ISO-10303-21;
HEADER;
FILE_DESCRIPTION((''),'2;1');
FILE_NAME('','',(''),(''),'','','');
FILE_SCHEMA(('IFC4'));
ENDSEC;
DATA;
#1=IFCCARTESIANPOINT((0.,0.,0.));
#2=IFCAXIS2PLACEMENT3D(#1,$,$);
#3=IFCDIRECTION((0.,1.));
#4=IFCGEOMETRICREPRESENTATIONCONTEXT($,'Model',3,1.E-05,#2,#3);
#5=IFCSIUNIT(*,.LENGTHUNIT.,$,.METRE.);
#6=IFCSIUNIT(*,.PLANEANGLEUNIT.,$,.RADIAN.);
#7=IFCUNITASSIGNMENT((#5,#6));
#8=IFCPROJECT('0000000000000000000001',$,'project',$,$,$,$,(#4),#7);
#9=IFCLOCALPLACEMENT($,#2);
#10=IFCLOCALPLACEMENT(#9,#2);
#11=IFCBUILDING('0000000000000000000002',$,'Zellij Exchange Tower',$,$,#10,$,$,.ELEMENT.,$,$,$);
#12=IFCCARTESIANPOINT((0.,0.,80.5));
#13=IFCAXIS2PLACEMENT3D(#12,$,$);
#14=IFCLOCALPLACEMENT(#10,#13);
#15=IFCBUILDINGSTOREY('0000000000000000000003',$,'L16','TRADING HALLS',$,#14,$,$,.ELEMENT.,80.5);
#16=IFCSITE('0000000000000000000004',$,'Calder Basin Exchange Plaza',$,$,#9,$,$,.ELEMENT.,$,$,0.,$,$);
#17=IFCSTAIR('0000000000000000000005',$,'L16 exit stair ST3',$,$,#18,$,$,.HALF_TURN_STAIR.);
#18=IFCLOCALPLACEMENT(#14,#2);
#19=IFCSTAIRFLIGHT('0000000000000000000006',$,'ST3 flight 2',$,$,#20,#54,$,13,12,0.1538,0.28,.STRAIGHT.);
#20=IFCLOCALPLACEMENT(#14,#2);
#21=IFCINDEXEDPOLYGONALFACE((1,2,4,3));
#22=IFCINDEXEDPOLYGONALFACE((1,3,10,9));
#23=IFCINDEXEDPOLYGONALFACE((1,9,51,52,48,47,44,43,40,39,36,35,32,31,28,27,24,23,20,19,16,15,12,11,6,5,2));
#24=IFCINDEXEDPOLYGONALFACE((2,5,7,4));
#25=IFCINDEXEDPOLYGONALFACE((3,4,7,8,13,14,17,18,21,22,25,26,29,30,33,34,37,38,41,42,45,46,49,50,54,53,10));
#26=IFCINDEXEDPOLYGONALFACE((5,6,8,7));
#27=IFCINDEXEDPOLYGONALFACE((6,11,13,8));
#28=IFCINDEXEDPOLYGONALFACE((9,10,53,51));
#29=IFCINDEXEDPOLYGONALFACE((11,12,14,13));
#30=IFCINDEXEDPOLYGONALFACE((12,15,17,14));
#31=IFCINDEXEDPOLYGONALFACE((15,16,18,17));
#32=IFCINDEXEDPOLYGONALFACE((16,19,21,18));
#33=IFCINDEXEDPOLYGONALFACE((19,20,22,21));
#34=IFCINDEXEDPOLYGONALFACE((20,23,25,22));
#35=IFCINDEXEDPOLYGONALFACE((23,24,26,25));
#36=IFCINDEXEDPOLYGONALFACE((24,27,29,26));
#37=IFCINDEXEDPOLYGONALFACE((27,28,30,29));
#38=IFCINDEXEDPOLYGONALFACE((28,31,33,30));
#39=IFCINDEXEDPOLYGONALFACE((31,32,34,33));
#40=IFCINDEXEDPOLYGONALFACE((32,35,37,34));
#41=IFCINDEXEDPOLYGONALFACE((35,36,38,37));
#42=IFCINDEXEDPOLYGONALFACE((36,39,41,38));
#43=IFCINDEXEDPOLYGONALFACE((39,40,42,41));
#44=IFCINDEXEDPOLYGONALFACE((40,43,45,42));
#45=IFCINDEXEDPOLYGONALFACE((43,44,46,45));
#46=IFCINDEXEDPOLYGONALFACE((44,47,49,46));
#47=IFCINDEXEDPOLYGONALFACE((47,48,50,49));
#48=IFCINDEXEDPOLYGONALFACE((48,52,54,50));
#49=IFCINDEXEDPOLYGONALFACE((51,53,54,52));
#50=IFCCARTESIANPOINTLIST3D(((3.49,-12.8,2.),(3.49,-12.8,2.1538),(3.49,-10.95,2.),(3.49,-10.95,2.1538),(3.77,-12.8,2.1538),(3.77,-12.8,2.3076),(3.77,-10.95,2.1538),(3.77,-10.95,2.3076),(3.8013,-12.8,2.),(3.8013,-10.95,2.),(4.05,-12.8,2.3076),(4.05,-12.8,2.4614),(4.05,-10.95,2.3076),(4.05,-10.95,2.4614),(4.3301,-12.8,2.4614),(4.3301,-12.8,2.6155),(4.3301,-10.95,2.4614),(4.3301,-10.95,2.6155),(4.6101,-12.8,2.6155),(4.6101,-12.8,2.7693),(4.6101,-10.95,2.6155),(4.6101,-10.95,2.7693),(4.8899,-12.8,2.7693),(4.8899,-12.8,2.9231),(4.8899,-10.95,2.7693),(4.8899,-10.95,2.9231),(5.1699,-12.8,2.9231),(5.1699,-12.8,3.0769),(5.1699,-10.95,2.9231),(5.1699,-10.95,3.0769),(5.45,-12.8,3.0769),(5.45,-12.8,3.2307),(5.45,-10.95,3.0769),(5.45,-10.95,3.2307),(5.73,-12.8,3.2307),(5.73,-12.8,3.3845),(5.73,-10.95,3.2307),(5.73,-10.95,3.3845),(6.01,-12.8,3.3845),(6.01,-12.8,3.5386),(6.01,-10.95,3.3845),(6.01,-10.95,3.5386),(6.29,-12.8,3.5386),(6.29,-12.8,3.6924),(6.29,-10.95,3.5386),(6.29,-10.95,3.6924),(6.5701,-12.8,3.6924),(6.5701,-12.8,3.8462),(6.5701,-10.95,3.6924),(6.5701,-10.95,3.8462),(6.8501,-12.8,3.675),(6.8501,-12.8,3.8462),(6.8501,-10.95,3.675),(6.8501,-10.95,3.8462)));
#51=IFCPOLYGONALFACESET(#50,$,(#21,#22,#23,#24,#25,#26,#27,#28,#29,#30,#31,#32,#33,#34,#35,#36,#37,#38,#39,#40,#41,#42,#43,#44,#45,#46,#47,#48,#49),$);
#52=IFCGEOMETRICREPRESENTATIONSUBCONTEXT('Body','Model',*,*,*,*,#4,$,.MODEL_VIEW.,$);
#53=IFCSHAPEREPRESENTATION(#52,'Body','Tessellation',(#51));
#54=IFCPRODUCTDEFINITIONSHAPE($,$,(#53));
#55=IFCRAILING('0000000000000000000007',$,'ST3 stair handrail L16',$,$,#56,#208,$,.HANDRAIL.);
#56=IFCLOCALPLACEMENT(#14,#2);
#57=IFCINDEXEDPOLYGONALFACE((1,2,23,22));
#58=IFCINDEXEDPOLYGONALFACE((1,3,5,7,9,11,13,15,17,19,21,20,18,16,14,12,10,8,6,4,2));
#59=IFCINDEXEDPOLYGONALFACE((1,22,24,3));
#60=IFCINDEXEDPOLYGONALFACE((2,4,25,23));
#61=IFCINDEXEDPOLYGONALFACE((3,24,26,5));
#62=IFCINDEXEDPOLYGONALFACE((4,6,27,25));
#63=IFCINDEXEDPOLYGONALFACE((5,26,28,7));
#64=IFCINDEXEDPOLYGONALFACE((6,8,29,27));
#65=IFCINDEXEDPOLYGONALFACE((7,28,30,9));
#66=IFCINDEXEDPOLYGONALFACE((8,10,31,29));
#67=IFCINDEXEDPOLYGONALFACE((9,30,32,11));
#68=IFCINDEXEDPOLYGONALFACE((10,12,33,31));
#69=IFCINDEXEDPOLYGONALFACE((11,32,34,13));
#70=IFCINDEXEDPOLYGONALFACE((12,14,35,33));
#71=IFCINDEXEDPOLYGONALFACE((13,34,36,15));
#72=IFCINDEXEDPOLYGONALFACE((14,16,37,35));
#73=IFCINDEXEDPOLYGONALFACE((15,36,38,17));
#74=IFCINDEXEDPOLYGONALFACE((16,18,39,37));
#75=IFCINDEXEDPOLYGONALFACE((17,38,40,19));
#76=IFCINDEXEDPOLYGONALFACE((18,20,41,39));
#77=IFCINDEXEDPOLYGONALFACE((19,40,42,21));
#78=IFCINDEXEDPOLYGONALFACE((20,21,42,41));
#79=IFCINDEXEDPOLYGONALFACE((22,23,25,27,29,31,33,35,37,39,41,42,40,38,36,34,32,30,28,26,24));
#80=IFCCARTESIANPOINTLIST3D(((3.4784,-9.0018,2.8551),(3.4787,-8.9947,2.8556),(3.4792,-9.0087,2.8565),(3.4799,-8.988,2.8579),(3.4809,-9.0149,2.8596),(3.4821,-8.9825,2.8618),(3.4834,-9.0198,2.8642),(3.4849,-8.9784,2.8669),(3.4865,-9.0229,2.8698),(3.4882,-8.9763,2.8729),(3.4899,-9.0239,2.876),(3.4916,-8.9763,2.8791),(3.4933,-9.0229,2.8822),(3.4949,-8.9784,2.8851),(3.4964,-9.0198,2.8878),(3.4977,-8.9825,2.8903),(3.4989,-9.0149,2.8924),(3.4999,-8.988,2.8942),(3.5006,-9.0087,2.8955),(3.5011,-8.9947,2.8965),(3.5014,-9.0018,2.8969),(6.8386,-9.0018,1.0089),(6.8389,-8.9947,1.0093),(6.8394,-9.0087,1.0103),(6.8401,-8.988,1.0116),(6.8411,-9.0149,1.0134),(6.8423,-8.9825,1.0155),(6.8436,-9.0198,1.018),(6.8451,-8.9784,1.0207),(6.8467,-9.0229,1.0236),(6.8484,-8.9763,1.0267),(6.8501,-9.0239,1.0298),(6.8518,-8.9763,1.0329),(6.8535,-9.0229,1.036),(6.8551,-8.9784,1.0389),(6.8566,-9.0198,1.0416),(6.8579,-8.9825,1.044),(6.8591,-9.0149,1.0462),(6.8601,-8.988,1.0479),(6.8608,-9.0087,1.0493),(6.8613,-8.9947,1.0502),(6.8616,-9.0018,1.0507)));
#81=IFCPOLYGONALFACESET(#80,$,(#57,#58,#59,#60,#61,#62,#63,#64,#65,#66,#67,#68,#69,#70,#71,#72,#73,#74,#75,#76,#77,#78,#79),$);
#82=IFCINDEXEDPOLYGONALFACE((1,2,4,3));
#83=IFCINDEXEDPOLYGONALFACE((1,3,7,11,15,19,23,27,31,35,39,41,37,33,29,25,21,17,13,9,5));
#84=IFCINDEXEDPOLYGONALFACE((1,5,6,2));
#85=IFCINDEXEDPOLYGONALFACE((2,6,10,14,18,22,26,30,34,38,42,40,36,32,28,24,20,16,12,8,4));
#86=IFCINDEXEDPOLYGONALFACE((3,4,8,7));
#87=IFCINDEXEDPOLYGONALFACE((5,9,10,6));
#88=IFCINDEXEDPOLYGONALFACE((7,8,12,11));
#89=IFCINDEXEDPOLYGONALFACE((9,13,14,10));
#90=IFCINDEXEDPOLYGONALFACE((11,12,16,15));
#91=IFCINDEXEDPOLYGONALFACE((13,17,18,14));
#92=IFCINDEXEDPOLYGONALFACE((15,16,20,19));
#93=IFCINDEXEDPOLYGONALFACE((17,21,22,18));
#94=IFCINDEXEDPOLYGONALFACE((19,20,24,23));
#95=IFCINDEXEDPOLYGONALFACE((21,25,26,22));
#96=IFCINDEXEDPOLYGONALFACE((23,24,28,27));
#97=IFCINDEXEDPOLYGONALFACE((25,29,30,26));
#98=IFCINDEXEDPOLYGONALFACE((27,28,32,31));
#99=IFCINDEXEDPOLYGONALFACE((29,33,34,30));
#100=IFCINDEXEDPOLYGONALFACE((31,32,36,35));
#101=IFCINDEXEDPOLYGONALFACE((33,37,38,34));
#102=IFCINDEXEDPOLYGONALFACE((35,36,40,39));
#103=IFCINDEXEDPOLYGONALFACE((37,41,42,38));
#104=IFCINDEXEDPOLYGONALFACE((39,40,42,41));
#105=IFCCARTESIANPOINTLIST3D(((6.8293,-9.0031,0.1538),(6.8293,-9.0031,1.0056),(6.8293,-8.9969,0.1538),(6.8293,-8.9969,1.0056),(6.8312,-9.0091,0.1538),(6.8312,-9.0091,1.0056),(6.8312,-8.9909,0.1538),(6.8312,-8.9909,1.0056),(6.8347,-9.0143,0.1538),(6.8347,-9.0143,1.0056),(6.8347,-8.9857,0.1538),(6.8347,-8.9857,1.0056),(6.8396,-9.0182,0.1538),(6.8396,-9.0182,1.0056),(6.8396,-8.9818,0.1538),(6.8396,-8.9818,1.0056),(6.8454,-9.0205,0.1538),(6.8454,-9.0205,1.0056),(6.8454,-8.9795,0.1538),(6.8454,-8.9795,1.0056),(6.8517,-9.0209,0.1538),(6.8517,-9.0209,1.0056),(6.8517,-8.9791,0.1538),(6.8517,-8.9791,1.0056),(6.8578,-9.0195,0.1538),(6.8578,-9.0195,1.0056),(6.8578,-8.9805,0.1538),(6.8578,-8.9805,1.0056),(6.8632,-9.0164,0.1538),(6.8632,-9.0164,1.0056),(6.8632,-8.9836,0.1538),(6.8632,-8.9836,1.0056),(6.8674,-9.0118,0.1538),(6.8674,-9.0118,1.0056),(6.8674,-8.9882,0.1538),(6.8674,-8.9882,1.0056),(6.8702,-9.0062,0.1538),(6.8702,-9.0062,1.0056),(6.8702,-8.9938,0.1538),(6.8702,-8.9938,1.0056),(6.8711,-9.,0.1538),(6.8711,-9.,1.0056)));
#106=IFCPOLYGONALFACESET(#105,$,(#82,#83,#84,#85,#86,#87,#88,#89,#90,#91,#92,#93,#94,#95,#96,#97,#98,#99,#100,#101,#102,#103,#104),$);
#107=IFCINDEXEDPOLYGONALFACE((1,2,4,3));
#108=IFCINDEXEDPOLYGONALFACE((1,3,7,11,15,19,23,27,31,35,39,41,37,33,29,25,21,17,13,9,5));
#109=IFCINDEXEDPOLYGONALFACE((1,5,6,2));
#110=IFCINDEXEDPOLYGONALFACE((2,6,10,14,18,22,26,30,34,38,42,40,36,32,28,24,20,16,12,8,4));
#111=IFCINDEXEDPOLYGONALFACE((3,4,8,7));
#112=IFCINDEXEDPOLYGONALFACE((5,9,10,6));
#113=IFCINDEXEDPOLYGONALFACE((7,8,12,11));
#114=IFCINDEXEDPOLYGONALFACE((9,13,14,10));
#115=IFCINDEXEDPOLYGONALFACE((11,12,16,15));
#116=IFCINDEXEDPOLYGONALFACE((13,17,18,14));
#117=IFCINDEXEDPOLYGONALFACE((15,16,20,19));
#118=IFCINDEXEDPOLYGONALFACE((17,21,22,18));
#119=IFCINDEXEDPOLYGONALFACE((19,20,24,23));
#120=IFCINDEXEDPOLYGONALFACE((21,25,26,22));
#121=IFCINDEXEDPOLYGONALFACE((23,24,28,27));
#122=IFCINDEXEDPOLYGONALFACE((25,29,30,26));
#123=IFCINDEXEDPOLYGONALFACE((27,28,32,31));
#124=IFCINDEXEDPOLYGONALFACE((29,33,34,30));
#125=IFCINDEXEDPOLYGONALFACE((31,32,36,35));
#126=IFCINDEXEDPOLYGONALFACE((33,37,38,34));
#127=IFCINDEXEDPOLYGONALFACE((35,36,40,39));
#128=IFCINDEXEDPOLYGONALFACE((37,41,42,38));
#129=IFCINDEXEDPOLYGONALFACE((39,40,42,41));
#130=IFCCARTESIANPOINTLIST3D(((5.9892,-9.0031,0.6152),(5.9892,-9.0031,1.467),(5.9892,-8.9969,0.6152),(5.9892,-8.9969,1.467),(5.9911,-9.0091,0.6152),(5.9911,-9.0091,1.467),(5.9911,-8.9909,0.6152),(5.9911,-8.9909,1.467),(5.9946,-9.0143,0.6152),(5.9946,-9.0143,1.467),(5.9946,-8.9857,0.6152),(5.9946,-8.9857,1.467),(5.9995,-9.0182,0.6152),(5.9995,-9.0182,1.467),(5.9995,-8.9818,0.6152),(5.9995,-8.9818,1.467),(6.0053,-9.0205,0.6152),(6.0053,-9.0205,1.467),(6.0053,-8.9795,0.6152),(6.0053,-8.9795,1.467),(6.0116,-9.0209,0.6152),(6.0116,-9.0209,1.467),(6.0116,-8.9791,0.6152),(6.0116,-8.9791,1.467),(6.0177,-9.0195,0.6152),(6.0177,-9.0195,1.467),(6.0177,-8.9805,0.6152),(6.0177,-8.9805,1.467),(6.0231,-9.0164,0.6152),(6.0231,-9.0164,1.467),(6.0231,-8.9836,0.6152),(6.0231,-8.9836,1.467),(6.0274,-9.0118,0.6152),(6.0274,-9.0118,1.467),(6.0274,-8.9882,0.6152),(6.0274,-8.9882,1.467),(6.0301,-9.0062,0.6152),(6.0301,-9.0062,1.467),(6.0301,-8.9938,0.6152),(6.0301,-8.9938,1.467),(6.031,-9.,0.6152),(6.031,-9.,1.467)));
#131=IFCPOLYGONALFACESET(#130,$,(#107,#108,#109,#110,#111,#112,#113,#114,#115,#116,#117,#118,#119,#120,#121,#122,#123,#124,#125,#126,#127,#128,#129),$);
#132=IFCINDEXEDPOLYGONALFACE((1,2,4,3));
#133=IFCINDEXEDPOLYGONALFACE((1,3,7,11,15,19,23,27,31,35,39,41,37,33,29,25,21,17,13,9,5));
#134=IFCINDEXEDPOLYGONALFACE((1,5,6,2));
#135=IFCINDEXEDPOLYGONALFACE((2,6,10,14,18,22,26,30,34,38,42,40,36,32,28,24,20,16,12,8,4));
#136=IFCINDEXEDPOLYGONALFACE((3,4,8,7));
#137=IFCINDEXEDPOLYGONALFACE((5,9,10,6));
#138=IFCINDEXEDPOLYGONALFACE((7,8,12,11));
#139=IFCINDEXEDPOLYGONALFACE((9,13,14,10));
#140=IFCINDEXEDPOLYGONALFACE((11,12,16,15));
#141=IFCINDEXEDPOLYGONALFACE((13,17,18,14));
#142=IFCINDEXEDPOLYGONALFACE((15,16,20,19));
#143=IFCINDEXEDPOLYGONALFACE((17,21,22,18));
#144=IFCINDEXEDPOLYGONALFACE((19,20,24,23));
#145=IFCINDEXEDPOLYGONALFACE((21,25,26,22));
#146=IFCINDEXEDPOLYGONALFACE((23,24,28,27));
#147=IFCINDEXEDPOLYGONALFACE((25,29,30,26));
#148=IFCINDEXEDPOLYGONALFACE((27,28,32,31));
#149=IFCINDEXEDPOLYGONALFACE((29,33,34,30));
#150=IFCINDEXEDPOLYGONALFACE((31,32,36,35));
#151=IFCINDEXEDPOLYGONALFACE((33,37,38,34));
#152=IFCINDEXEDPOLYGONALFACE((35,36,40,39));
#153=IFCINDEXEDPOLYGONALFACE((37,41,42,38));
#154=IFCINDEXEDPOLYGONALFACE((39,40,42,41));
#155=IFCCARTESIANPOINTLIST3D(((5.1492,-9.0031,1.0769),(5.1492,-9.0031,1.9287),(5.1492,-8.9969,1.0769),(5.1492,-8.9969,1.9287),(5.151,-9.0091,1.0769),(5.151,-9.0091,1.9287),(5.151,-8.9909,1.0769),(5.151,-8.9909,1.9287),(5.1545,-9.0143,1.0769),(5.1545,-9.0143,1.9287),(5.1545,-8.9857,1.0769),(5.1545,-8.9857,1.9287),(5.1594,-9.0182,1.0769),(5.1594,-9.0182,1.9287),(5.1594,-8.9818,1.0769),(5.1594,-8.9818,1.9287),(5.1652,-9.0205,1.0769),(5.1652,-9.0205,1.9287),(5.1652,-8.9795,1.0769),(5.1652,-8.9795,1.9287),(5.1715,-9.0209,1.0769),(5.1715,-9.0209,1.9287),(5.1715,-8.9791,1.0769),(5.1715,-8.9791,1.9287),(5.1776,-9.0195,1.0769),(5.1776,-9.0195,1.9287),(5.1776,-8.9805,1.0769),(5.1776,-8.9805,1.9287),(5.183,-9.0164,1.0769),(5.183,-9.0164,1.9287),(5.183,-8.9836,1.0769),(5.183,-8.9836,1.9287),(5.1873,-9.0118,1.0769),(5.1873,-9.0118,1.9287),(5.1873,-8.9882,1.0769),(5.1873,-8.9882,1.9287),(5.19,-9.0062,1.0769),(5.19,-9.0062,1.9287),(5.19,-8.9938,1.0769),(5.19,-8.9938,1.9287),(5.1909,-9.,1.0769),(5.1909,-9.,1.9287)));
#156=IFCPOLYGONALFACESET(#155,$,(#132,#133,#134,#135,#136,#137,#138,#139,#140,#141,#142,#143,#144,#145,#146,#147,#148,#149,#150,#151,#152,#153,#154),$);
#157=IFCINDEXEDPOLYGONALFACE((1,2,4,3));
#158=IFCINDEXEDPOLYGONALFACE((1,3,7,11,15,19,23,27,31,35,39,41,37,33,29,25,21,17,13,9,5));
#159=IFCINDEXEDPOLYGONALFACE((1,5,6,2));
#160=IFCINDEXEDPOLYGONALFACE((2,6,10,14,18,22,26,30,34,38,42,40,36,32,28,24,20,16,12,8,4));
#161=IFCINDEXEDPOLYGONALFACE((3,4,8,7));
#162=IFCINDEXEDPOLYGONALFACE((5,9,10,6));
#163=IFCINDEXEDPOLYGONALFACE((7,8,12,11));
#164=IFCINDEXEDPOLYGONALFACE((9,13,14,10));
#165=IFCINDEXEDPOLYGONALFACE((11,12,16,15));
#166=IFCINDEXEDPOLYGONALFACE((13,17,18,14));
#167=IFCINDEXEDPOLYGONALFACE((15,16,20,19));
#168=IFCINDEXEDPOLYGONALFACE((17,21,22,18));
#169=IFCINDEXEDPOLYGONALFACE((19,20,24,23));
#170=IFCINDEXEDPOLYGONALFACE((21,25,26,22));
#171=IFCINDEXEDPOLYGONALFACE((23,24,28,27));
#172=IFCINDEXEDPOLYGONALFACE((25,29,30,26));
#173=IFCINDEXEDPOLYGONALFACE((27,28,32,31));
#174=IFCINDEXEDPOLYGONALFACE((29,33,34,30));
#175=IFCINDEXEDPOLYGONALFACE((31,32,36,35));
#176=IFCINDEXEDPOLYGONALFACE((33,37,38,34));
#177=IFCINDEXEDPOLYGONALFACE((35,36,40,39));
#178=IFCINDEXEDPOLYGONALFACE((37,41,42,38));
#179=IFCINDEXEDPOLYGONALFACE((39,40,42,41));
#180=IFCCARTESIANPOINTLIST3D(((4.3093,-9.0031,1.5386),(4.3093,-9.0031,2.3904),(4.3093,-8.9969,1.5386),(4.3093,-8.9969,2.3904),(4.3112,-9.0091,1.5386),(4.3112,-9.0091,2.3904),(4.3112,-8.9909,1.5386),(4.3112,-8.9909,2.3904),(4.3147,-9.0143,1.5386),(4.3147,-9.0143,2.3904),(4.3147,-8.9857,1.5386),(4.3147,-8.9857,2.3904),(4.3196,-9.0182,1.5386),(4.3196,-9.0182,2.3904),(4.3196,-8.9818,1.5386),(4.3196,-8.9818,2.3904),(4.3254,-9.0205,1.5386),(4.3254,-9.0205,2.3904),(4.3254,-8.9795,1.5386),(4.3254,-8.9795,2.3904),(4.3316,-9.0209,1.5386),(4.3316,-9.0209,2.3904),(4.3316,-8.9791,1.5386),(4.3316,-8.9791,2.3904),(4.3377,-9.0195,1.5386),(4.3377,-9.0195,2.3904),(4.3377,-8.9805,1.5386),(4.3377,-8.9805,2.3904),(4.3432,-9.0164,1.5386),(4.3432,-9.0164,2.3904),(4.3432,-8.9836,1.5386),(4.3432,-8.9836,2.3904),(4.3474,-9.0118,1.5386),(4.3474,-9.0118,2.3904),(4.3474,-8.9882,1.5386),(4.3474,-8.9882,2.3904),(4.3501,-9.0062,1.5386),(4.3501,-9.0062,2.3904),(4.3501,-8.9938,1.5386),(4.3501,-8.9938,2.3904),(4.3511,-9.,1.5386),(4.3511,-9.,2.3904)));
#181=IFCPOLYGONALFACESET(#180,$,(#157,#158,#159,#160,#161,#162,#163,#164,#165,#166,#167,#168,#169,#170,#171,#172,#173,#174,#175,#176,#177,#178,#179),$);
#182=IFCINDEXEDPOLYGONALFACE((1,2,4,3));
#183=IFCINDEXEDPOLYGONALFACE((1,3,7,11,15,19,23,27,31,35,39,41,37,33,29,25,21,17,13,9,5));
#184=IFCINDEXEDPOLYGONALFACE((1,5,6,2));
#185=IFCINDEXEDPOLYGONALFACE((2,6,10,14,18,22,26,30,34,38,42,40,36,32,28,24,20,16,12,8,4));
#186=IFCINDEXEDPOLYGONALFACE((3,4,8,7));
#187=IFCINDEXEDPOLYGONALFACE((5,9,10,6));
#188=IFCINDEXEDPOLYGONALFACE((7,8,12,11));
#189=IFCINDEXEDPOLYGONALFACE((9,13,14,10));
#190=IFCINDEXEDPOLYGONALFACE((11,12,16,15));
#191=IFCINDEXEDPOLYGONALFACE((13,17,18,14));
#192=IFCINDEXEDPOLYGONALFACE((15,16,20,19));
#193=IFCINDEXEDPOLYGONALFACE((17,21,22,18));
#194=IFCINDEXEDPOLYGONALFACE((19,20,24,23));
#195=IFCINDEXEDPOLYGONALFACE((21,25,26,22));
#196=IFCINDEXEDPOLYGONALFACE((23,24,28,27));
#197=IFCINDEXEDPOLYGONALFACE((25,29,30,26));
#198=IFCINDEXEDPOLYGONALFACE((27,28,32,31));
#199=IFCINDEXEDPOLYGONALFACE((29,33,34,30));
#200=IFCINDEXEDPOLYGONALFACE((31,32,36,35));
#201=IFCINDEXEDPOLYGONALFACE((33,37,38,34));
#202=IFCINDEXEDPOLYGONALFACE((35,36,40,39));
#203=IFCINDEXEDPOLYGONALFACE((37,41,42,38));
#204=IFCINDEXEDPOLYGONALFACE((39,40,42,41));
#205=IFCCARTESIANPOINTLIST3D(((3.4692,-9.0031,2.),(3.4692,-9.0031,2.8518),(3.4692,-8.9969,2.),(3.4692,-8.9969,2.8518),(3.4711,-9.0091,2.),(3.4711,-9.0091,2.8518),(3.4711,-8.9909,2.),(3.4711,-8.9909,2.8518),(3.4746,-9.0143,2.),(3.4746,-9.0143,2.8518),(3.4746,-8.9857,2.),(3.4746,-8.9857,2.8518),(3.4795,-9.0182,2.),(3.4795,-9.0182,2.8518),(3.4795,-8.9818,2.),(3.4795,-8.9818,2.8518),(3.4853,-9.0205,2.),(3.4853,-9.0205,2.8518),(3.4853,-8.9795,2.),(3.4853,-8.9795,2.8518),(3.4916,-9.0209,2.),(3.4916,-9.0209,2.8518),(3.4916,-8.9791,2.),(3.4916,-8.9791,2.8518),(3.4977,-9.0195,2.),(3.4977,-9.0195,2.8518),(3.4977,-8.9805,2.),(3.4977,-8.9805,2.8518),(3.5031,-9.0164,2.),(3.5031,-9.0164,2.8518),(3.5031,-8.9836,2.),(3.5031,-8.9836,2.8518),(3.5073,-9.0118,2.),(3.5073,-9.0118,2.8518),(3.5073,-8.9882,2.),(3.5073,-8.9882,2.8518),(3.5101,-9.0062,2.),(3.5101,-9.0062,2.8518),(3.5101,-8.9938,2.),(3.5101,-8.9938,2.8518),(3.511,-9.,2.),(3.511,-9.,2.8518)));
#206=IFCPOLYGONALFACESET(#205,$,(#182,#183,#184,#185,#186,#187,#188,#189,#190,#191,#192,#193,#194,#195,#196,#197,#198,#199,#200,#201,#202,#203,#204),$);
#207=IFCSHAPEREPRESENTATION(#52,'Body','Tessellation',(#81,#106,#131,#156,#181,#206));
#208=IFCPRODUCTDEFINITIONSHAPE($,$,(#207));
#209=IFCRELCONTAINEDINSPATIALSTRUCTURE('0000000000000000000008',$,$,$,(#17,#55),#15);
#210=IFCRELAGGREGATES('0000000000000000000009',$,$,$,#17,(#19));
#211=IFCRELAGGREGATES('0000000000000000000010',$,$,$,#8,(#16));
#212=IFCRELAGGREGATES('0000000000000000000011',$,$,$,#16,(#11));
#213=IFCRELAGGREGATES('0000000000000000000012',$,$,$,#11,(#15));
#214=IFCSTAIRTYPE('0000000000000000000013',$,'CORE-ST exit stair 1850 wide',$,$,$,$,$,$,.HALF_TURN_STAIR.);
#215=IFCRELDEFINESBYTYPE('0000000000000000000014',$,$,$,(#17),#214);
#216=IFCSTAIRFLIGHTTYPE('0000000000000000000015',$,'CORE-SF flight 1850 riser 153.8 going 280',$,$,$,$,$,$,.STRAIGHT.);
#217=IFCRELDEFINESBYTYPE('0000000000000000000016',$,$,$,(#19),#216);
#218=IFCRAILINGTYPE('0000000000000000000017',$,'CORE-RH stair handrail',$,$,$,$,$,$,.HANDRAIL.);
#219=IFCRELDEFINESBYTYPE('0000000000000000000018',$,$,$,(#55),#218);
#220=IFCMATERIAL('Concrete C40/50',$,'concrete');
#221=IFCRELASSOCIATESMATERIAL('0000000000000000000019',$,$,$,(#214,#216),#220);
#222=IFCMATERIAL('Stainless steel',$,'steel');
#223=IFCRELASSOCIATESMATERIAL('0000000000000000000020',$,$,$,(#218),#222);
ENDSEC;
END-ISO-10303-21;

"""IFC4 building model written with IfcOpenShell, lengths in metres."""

from ifc_helpers import new_model, si_unit, direction, frame, origin, origin_2d, place, context, subcontext, project, spatial, polyline, circle, outline, extrude, material, type_object, element, aggregate, save


model = new_model("IFC4")

# Units and contexts
model_context = context("Model", 3, precision=1e-05, world=origin(), true_north=direction((0.0, 1.0)))
body_context = subcontext(model_context, "Body", "Model", "MODEL_VIEW")
ifc_project = project(units=[si_unit("LENGTHUNIT", "METRE"), si_unit("PLANEANGLEUNIT", "RADIAN")], contexts=[model_context])

# Site, building, storey
site_placement = place(None, origin())
site = spatial("IfcSite", under=ifc_project, at=site_placement, Name="Calder Basin Exchange Plaza", CompositionType="ELEMENT", RefElevation=0.0)
building_placement = place(site_placement, origin())
building = spatial("IfcBuilding", under=site, at=building_placement, Name="Zellij Exchange Tower", CompositionType="ELEMENT")
storey_placement = place(building_placement, frame((0.0, 0.0, 80.5)))
storey = spatial("IfcBuildingStorey", under=building, at=storey_placement, Name="L16", Description="TRADING HALLS", CompositionType="ELEMENT", Elevation=80.5)

# Stair, stair flight
ifc_material_1 = material(Name="Concrete C40/50", Category="concrete")
stair_type = type_object("IfcStairType", Name="CORE-ST exit stair 1850 wide", PredefinedType="HALF_TURN_STAIR", material=ifc_material_1)
stair_placement = place(storey_placement, origin())
stair = element("IfcStair", 1, at=stair_placement, inside=storey, type_object=stair_type, Name="L16 exit stair ST3", PredefinedType="HALF_TURN_STAIR")
stair_flight_type = type_object("IfcStairFlightType", Name="CORE-SF flight 1850 riser 153.8 going 280", PredefinedType="STRAIGHT", material=ifc_material_1)
stair_flight_1_placement = place(storey_placement, frame((3.49, -11.875, 2.0), z_axis=(0.0, 0.0, 1.0), x_axis=(1.0, 0.0, 0.0)))
stair_flight_1 = element("IfcStairFlight", 2, at=stair_flight_1_placement, type_object=stair_flight_type, Name="ST3 flight 2", NumberOfRisers=13, NumberOfTreads=12, PredefinedType="STRAIGHT", RiserHeight=0.1538, TreadLength=0.28, context=body_context, shape_type="SweptSolid", body=[
    extrude(outline(polyline([(0.0, 0.0), (0.0, 0.1538), (0.28, 0.1538), (0.28, 0.3076), (0.5601, 0.3076), (0.5601, 0.4614), (0.8401, 0.4614), (0.8401, 0.6155), (1.1201, 0.6155), (1.1201, 0.7693), (1.3999, 0.7693), (1.3999, 0.9231), (1.6799, 0.9231), (1.6799, 1.0769), (1.96, 1.0769), (1.96, 1.2307), (2.24, 1.2307), (2.24, 1.3845), (2.52, 1.3845), (2.52, 1.5386), (2.8, 1.5386), (2.8, 1.6924), (3.0801, 1.6924), (3.0801, 1.8462), (3.3601, 1.8462), (3.3601, 2.0), (3.3601, 1.675), (0.3113, 0.0), (0.0, 0.0)])), frame((0.0, 0.925, 0.0), z_axis=(0.0, -1.0, 0.0), x_axis=(1.0, 0.0, 0.0)), (0.0, 0.0, 1.0), 1.8501),
])
aggregate(stair, [stair_flight_1])

# Railing
ifc_material_2 = material(Name="Stainless steel", Category="steel")
railing_type_1 = type_object("IfcRailingType", Name="CORE-RH stair handrail", PredefinedType="HANDRAIL", material=ifc_material_2)
railing_1_placement = place(storey_placement, frame((6.8501, -9.0, 0.1538)))
element("IfcRailing", 3, at=railing_1_placement, inside=storey, type_object=railing_type_1, Name="ST3 stair handrail L16", PredefinedType="HANDRAIL", context=body_context, shape_type="SweptSolid", body=[
    extrude(circle(Radius=0.0239, at=origin_2d()), frame((0.0, 0.0, 0.876), z_axis=(-0.876422, 0.0, 0.481545), x_axis=(0.0, -1.0, 0.0)), (0.0, 0.0, 1.0), 3.834),
    extrude(circle(Radius=0.021, at=origin_2d()), origin(), (0.0, 0.0, 1.0), 0.8518),
    extrude(circle(Radius=0.021, at=origin_2d()), frame((-0.8401, 0.0, 0.4614)), (0.0, 0.0, 1.0), 0.8518),
    extrude(circle(Radius=0.021, at=origin_2d()), frame((-1.6802, 0.0, 0.9231)), (0.0, 0.0, 1.0), 0.8518),
    extrude(circle(Radius=0.021, at=origin_2d()), frame((-2.52, 0.0, 1.3848)), (0.0, 0.0, 1.0), 0.8518),
    extrude(circle(Radius=0.021, at=origin_2d()), frame((-3.3601, 0.0, 1.8462)), (0.0, 0.0, 1.0), 0.8518),
])

save(model, "model.ifc")
